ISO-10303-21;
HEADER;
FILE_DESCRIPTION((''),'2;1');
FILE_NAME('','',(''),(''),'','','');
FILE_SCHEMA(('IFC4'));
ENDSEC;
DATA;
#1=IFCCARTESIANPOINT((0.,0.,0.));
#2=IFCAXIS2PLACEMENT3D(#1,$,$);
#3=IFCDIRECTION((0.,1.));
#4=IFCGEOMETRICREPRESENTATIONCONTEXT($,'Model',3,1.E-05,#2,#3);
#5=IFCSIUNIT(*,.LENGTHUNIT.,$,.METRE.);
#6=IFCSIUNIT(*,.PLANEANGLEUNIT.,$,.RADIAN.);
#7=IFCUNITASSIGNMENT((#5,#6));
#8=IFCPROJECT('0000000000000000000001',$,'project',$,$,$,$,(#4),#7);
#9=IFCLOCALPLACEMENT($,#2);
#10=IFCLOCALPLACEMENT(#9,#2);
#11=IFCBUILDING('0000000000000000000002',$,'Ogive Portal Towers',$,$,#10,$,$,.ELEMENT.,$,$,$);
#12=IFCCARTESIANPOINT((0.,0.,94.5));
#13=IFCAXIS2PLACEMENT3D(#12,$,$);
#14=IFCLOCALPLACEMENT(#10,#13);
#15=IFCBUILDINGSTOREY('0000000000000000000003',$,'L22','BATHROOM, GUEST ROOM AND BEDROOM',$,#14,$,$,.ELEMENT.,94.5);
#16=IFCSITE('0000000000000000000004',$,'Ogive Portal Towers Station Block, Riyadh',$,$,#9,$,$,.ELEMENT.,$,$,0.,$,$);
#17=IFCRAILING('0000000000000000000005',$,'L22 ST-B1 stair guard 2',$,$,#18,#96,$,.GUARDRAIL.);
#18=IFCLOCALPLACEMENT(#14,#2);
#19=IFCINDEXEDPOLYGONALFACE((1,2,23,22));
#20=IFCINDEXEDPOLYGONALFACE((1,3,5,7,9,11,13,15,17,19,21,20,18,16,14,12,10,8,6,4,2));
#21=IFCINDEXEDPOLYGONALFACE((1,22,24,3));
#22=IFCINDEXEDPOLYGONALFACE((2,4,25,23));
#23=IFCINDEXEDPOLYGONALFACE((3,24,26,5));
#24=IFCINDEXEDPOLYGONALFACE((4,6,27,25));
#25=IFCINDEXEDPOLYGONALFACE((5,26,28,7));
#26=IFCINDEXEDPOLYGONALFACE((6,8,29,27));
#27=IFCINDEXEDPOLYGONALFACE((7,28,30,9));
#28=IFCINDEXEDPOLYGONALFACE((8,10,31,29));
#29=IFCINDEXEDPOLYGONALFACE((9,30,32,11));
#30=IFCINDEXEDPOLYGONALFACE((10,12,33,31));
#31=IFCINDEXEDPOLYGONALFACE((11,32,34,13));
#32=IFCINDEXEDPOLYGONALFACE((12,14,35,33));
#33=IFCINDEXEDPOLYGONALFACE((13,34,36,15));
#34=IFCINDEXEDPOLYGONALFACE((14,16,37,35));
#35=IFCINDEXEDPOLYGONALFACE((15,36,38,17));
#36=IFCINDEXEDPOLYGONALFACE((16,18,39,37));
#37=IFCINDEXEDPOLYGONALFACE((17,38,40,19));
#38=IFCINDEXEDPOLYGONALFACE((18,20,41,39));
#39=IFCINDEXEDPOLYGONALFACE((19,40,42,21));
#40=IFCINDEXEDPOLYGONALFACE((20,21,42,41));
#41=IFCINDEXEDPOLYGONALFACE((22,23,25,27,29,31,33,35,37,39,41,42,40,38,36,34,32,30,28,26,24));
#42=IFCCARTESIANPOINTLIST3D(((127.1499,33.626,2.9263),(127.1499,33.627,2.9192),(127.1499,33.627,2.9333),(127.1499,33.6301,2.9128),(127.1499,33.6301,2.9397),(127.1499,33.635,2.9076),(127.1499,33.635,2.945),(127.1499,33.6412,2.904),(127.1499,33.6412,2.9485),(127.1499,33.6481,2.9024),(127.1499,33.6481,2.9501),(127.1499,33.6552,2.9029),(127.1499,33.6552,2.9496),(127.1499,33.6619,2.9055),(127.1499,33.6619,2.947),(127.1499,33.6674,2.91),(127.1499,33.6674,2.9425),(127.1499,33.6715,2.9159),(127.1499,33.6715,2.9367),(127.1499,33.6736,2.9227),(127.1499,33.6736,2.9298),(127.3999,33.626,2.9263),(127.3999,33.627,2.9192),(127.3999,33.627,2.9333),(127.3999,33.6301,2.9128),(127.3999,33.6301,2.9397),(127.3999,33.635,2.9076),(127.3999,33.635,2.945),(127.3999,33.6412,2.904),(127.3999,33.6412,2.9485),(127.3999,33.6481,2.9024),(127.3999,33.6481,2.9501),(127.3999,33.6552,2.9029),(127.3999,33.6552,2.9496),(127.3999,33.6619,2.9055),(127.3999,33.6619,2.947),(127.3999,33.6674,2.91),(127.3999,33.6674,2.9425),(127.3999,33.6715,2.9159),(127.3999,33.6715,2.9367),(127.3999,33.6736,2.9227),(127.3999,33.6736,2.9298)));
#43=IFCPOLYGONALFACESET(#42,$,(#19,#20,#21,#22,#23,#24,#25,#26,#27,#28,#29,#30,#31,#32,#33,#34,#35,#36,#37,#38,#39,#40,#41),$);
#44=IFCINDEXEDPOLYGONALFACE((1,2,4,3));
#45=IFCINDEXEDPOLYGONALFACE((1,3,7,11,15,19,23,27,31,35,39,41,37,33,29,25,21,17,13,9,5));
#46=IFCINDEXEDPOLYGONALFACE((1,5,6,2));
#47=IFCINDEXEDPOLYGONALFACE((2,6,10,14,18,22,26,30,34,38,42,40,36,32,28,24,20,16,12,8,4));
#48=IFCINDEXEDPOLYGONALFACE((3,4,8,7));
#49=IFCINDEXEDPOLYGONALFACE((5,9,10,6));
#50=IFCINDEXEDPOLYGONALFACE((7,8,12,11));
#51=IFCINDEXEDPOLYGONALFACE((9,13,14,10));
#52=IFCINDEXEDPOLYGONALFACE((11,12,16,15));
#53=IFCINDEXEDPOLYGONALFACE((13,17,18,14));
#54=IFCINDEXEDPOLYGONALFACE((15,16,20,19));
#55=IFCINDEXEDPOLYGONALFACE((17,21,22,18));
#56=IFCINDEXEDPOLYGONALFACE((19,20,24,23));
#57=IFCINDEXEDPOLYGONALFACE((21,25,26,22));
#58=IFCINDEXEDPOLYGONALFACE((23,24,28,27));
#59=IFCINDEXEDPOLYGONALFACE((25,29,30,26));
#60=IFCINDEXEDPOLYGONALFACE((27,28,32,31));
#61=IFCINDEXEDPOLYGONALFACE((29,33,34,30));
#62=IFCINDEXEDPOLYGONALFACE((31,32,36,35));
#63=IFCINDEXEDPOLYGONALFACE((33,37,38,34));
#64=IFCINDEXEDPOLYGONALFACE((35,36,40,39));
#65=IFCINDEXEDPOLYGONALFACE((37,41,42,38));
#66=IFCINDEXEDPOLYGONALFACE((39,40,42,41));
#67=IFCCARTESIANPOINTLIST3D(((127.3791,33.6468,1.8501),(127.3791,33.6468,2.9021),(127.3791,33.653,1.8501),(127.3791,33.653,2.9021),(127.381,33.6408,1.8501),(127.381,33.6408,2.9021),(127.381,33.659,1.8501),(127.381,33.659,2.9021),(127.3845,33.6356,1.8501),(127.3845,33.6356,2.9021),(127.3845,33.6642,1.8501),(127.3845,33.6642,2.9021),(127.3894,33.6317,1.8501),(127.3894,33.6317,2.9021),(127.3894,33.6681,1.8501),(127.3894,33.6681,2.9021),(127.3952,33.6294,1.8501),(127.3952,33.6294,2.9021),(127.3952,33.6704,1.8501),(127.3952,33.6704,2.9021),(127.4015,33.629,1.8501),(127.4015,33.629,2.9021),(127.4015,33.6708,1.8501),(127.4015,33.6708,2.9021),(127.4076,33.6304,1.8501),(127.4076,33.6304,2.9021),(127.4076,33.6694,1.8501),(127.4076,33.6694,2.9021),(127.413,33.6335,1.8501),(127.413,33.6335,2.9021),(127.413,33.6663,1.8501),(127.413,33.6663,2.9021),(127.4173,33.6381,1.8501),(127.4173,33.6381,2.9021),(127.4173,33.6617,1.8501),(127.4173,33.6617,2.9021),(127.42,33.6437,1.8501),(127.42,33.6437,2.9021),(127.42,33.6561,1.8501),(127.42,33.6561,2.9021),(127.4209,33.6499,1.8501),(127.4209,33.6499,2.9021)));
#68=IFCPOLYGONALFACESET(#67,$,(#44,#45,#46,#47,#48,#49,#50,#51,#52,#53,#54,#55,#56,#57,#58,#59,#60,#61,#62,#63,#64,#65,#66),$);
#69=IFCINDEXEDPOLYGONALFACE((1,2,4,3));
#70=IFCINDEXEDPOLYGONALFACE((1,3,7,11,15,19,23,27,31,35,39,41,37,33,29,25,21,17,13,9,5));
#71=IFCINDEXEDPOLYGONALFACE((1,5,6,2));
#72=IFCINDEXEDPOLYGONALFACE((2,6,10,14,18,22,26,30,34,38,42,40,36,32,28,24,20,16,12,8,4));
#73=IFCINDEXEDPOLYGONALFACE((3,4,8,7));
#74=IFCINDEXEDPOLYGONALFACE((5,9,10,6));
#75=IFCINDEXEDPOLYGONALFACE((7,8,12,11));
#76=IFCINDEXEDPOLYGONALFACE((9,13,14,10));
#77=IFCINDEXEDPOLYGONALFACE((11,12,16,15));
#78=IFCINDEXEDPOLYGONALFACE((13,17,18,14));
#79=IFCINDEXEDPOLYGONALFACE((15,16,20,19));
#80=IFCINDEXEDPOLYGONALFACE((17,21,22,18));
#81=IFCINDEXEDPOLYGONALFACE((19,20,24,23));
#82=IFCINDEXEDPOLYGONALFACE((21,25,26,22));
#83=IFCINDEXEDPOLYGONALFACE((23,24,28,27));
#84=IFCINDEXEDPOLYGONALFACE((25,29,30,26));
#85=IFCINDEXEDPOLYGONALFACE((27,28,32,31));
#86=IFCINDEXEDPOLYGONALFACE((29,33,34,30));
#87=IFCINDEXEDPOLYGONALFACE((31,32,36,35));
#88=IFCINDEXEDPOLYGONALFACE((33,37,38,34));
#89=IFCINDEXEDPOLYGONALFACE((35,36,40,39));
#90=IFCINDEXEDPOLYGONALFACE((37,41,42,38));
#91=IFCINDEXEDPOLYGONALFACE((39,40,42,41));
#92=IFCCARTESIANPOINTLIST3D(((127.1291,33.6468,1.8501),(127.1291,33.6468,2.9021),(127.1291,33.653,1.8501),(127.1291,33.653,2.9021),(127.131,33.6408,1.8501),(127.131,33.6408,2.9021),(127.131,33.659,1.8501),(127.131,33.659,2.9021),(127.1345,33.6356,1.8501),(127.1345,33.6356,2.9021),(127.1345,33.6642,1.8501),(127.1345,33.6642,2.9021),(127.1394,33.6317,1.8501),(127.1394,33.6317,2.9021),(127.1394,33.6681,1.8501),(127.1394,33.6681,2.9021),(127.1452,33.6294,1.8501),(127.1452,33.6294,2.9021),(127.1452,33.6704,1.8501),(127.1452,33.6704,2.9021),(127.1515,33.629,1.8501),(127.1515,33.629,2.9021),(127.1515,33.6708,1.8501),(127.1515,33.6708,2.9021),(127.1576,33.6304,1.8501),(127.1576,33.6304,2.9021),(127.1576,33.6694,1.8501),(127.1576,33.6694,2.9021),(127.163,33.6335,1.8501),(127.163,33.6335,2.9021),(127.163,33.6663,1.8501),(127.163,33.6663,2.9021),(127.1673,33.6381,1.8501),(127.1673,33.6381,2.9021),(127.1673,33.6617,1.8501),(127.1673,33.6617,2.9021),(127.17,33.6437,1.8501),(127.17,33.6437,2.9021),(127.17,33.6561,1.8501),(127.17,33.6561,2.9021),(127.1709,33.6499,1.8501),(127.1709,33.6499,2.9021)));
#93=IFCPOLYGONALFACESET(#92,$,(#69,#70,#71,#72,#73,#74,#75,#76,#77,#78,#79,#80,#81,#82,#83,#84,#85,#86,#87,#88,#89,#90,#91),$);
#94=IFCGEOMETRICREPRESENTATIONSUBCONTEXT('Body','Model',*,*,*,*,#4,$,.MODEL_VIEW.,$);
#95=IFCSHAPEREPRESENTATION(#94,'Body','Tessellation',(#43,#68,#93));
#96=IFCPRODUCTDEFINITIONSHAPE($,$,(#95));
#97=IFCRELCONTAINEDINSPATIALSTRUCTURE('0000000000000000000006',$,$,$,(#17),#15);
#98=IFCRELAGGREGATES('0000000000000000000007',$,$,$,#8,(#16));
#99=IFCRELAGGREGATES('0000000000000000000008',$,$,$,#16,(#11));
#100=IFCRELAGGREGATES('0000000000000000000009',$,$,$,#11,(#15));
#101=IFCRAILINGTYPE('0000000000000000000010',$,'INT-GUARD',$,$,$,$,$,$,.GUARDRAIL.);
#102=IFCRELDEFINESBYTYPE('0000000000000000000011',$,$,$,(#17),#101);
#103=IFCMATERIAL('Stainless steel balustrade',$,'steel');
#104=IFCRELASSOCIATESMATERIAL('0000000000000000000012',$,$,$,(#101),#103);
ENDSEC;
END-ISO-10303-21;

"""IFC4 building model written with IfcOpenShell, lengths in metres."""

from ifc_helpers import new_model, si_unit, direction, frame, origin, origin_2d, place, context, subcontext, project, spatial, circle, extrude, material, type_object, element, save


model = new_model("IFC4")

# Units and contexts
model_context = context("Model", 3, precision=1e-05, world=origin(), true_north=direction((0.0, 1.0)))
body_context = subcontext(model_context, "Body", "Model", "MODEL_VIEW")
ifc_project = project(units=[si_unit("LENGTHUNIT", "METRE"), si_unit("PLANEANGLEUNIT", "RADIAN")], contexts=[model_context])

# Site, building, storey
site_placement = place(None, origin())
site = spatial("IfcSite", under=ifc_project, at=site_placement, Name="Ogive Portal Towers Station Block, Riyadh", CompositionType="ELEMENT", RefElevation=0.0)
building_placement = place(site_placement, origin())
building = spatial("IfcBuilding", under=site, at=building_placement, Name="Ogive Portal Towers", CompositionType="ELEMENT")
storey_placement = place(building_placement, frame((0.0, 0.0, 94.5)))
storey = spatial("IfcBuildingStorey", under=building, at=storey_placement, Name="L22", Description="BATHROOM, GUEST ROOM AND BEDROOM", CompositionType="ELEMENT", Elevation=94.5)

# Railing
ifc_material_1 = material(Name="Stainless steel balustrade", Category="steel")
railing_type_1 = type_object("IfcRailingType", Name="INT-GUARD", PredefinedType="GUARDRAIL", material=ifc_material_1)
railing_1_placement = place(storey_placement, frame((127.3999, 33.6499, 1.8501)))
element("IfcRailing", 1, at=railing_1_placement, inside=storey, type_object=railing_type_1, Name="L22 ST-B1 stair guard 2", PredefinedType="GUARDRAIL", context=body_context, shape_type="SweptSolid", body=[
    extrude(circle(Radius=0.0239, at=origin_2d()), frame((0.0, 0.0, 1.0762), z_axis=(-1.0, 0.0, 0.0), x_axis=(0.0, -1.0, 0.0)), (0.0, 0.0, 1.0), 0.25),
    extrude(circle(Radius=0.021, at=origin_2d()), origin(), (0.0, 0.0, 1.0), 1.052),
    extrude(circle(Radius=0.021, at=origin_2d()), frame((-0.25, 0.0, 0.0)), (0.0, 0.0, 1.0), 1.052),
])

save(model, "model.ifc")
